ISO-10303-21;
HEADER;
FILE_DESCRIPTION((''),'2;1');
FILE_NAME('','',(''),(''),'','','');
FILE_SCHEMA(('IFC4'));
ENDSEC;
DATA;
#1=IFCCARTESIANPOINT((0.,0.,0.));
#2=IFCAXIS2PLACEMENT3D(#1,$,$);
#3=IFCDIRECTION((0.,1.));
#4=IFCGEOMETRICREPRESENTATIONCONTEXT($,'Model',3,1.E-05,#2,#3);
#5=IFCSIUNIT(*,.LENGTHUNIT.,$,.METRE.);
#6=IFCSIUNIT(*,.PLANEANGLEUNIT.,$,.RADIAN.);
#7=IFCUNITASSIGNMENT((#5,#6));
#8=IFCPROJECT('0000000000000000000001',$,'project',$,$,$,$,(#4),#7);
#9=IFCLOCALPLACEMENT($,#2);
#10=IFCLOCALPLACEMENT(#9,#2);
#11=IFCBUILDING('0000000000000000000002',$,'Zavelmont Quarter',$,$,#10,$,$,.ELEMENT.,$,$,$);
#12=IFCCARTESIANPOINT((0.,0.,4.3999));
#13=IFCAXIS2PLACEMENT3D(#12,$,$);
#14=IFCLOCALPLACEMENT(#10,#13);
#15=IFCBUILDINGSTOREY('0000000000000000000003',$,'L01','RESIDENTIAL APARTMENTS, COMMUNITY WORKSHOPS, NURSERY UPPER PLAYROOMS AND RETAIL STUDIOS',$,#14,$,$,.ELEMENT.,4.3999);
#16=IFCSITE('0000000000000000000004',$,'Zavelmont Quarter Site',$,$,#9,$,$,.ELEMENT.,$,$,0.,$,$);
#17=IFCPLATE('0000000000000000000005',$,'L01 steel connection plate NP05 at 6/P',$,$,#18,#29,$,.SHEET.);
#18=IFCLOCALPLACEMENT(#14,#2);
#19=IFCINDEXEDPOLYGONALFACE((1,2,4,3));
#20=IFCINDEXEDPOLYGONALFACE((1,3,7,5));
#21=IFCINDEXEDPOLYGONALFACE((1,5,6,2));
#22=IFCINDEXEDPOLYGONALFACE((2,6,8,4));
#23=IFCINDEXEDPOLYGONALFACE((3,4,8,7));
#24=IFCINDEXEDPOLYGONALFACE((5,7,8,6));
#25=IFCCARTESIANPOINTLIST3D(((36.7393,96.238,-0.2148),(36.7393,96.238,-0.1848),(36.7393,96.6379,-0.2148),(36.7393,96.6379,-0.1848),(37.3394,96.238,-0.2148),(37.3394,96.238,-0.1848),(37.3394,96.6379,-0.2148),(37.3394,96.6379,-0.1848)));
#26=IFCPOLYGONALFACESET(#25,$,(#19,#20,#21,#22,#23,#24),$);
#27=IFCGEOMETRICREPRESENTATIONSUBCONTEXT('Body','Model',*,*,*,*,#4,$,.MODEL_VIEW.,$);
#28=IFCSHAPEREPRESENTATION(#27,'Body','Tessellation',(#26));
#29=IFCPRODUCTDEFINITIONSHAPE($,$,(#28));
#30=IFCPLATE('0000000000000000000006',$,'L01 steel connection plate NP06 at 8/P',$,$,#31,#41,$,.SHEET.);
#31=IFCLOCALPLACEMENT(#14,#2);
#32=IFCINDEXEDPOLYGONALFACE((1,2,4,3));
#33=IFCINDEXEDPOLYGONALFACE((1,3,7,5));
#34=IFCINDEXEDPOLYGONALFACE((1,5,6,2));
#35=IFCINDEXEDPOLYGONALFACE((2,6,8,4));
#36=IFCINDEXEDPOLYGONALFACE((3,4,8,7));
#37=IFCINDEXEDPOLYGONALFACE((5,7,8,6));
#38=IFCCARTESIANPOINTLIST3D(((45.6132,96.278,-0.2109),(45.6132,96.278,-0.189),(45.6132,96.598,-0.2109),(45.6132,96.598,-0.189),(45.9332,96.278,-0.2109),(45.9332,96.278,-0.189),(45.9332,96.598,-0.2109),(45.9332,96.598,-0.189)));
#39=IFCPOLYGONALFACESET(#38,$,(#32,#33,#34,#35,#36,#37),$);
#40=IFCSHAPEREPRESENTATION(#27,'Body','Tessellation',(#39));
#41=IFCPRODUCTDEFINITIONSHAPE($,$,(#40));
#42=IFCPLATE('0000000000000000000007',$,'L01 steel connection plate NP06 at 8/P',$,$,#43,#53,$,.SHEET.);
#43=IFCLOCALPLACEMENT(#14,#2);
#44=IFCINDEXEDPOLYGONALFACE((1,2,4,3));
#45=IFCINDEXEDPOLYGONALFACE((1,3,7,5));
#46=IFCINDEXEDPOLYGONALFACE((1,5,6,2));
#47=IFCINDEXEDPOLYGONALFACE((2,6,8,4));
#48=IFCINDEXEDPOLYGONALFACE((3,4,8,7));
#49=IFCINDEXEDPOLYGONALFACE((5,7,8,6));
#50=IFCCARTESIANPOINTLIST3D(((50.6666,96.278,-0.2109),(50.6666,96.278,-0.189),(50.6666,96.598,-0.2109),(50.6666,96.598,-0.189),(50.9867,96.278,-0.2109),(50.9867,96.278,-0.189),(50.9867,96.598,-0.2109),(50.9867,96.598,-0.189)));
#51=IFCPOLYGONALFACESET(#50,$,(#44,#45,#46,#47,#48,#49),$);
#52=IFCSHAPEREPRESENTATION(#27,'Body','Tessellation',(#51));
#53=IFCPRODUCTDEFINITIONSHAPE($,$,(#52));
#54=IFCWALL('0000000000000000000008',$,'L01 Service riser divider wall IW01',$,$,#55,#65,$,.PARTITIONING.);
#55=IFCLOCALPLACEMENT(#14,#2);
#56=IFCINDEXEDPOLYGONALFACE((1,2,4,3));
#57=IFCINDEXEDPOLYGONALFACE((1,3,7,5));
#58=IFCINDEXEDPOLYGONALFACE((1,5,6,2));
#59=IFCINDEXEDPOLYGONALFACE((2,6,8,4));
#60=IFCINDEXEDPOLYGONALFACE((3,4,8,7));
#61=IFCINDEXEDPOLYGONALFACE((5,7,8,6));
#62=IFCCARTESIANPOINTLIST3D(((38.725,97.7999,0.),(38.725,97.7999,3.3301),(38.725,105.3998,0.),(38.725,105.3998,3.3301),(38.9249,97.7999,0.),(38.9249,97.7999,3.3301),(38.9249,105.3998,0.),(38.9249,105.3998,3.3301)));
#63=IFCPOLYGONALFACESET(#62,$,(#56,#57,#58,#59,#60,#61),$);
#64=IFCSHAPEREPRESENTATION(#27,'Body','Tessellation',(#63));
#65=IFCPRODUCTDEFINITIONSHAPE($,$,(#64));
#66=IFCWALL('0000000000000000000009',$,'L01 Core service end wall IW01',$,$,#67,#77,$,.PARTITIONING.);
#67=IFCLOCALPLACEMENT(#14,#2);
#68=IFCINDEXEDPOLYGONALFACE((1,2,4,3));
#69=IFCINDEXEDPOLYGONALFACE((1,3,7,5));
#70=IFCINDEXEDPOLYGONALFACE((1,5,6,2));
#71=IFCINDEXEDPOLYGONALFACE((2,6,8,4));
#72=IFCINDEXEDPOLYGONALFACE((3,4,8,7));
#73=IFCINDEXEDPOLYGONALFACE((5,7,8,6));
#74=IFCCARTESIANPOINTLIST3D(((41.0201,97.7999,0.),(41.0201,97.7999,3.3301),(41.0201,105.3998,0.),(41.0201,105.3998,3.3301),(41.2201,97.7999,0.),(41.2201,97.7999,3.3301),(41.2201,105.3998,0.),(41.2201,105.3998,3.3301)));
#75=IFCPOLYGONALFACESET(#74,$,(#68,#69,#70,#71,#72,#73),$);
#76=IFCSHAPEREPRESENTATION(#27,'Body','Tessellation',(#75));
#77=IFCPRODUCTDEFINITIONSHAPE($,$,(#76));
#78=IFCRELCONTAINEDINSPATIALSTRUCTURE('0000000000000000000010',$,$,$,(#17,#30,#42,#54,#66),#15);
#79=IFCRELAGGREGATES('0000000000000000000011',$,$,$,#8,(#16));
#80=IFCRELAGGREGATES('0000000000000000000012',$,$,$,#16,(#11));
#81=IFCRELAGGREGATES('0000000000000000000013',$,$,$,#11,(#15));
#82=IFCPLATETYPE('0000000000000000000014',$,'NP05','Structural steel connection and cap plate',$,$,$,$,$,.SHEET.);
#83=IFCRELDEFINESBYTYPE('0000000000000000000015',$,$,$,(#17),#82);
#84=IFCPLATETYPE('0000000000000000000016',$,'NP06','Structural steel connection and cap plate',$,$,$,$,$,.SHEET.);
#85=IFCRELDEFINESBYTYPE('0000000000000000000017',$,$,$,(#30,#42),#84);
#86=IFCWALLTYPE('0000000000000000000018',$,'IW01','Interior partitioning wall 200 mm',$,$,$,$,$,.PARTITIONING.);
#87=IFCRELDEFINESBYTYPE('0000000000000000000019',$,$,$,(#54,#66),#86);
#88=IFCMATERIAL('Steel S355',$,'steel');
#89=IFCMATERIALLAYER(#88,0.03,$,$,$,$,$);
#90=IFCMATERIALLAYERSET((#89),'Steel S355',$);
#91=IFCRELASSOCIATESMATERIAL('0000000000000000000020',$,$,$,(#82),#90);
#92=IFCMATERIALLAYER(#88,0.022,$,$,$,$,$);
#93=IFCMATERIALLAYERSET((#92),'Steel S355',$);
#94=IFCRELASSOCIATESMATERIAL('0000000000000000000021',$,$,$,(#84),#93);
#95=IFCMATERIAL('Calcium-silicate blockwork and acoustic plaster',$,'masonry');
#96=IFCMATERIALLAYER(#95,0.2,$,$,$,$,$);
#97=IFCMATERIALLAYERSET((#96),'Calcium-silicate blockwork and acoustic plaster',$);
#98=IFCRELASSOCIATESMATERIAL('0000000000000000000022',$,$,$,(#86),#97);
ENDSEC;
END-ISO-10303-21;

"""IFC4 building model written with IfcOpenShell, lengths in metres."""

from ifc_helpers import new_model, si_unit, direction, frame, frame_2d, origin, origin_2d, place, context, subcontext, project, spatial, rectangle, extrude, material, layer, layer_set, type_object, element, save


model = new_model("IFC4")

# Units and contexts
model_context = context("Model", 3, precision=1e-05, world=origin(), true_north=direction((0.0, 1.0)))
body_context = subcontext(model_context, "Body", "Model", "MODEL_VIEW")
ifc_project = project(units=[si_unit("LENGTHUNIT", "METRE"), si_unit("PLANEANGLEUNIT", "RADIAN")], contexts=[model_context])

# Site, building, storey
site_placement = place(None, origin())
site = spatial("IfcSite", under=ifc_project, at=site_placement, Name="Zavelmont Quarter Site", CompositionType="ELEMENT", RefElevation=0.0)
building_placement = place(site_placement, origin())
building = spatial("IfcBuilding", under=site, at=building_placement, Name="Zavelmont Quarter", CompositionType="ELEMENT")
storey_placement = place(building_placement, frame((0.0, 0.0, 4.3999)))
storey = spatial("IfcBuildingStorey", under=building, at=storey_placement, Name="L01", Description="RESIDENTIAL APARTMENTS, COMMUNITY WORKSHOPS, NURSERY UPPER PLAYROOMS AND RETAIL STUDIOS", CompositionType="ELEMENT", Elevation=4.3999)

# Shared definitions
ifc_material_1 = material(Name="Steel S355", Category="steel")

# Plates
ifc_layer_1 = layer(ifc_material_1, 0.03)
ifc_layer_set_1 = layer_set([ifc_layer_1], Name="Steel S355")
plate_type_1 = type_object("IfcPlateType", Name="NP05", Description="Structural steel connection and cap plate", PredefinedType="SHEET", material=ifc_layer_set_1)
plate_placement = place(storey_placement, frame((37.0393, 96.438, -0.2148), z_axis=(0.0, 0.0, 1.0), x_axis=(1.0, 0.0, 0.0)))
element("IfcPlate", 1, at=plate_placement, inside=storey, type_object=plate_type_1, Name="L01 steel connection plate NP05 at 6/P", PredefinedType="SHEET", context=body_context, shape_type="SweptSolid", body=[
    extrude(rectangle(XDim=0.6001, YDim=0.3999, at=origin_2d()), origin(), (0.0, 0.0, 1.0), 0.03),
])
ifc_layer_2 = layer(ifc_material_1, 0.022)
ifc_layer_set_2 = layer_set([ifc_layer_2], Name="Steel S355")
plate_type_2 = type_object("IfcPlateType", Name="NP06", Description="Structural steel connection and cap plate", PredefinedType="SHEET", material=ifc_layer_set_2)
for number, where, z_axis, x_axis, name in (
    (2, (45.7732, 96.438, -0.2109), (0.0, 0.0, 1.0), (1.0, 0.0, 0.0), "L01 steel connection plate NP06 at 8/P"),
    (3, (50.8267, 96.438, -0.2109), (0.0, 0.0, 1.0), (1.0, 0.0, 0.0), "L01 steel connection plate NP06 at 8/P"),
):
    element("IfcPlate", number, at=place(storey_placement, frame(where, z_axis=z_axis, x_axis=x_axis)), inside=storey, type_object=plate_type_2, Name=name, PredefinedType="SHEET", context=body_context, shape_type="SweptSolid", body=[
        extrude(rectangle(XDim=0.3201, YDim=0.3201, at=origin_2d()), origin(), (0.0, 0.0, 1.0), 0.022),
    ])

# Walls
ifc_material_2 = material(Name="Calcium-silicate blockwork and acoustic plaster", Category="masonry")
ifc_layer_3 = layer(ifc_material_2, 0.2)
ifc_layer_set_3 = layer_set([ifc_layer_3], Name="Calcium-silicate blockwork and acoustic plaster")
wall_type = type_object("IfcWallType", Name="IW01", Description="Interior partitioning wall 200 mm", PredefinedType="PARTITIONING", material=ifc_layer_set_3)
for number, where, z_axis, x_axis, name in (
    (4, (38.825, 97.8, 0.0), (0.0, 0.0, 1.0), (0.0, 1.0, 0.0), "L01 Service riser divider wall IW01"),
    (5, (41.1201, 97.8, 0.0), (0.0, 0.0, 1.0), (0.0, 1.0, 0.0), "L01 Core service end wall IW01"),
):
    element("IfcWall", number, at=place(storey_placement, frame(where, z_axis=z_axis, x_axis=x_axis)), inside=storey, type_object=wall_type, Name=name, PredefinedType="PARTITIONING", context=body_context, shape_type="SweptSolid", body=[
        extrude(rectangle(XDim=7.5999, YDim=0.2, at=frame_2d((3.7998, 0.0))), origin(), (0.0, 0.0, 1.0), 3.3301),
    ])

save(model, "model.ifc")
